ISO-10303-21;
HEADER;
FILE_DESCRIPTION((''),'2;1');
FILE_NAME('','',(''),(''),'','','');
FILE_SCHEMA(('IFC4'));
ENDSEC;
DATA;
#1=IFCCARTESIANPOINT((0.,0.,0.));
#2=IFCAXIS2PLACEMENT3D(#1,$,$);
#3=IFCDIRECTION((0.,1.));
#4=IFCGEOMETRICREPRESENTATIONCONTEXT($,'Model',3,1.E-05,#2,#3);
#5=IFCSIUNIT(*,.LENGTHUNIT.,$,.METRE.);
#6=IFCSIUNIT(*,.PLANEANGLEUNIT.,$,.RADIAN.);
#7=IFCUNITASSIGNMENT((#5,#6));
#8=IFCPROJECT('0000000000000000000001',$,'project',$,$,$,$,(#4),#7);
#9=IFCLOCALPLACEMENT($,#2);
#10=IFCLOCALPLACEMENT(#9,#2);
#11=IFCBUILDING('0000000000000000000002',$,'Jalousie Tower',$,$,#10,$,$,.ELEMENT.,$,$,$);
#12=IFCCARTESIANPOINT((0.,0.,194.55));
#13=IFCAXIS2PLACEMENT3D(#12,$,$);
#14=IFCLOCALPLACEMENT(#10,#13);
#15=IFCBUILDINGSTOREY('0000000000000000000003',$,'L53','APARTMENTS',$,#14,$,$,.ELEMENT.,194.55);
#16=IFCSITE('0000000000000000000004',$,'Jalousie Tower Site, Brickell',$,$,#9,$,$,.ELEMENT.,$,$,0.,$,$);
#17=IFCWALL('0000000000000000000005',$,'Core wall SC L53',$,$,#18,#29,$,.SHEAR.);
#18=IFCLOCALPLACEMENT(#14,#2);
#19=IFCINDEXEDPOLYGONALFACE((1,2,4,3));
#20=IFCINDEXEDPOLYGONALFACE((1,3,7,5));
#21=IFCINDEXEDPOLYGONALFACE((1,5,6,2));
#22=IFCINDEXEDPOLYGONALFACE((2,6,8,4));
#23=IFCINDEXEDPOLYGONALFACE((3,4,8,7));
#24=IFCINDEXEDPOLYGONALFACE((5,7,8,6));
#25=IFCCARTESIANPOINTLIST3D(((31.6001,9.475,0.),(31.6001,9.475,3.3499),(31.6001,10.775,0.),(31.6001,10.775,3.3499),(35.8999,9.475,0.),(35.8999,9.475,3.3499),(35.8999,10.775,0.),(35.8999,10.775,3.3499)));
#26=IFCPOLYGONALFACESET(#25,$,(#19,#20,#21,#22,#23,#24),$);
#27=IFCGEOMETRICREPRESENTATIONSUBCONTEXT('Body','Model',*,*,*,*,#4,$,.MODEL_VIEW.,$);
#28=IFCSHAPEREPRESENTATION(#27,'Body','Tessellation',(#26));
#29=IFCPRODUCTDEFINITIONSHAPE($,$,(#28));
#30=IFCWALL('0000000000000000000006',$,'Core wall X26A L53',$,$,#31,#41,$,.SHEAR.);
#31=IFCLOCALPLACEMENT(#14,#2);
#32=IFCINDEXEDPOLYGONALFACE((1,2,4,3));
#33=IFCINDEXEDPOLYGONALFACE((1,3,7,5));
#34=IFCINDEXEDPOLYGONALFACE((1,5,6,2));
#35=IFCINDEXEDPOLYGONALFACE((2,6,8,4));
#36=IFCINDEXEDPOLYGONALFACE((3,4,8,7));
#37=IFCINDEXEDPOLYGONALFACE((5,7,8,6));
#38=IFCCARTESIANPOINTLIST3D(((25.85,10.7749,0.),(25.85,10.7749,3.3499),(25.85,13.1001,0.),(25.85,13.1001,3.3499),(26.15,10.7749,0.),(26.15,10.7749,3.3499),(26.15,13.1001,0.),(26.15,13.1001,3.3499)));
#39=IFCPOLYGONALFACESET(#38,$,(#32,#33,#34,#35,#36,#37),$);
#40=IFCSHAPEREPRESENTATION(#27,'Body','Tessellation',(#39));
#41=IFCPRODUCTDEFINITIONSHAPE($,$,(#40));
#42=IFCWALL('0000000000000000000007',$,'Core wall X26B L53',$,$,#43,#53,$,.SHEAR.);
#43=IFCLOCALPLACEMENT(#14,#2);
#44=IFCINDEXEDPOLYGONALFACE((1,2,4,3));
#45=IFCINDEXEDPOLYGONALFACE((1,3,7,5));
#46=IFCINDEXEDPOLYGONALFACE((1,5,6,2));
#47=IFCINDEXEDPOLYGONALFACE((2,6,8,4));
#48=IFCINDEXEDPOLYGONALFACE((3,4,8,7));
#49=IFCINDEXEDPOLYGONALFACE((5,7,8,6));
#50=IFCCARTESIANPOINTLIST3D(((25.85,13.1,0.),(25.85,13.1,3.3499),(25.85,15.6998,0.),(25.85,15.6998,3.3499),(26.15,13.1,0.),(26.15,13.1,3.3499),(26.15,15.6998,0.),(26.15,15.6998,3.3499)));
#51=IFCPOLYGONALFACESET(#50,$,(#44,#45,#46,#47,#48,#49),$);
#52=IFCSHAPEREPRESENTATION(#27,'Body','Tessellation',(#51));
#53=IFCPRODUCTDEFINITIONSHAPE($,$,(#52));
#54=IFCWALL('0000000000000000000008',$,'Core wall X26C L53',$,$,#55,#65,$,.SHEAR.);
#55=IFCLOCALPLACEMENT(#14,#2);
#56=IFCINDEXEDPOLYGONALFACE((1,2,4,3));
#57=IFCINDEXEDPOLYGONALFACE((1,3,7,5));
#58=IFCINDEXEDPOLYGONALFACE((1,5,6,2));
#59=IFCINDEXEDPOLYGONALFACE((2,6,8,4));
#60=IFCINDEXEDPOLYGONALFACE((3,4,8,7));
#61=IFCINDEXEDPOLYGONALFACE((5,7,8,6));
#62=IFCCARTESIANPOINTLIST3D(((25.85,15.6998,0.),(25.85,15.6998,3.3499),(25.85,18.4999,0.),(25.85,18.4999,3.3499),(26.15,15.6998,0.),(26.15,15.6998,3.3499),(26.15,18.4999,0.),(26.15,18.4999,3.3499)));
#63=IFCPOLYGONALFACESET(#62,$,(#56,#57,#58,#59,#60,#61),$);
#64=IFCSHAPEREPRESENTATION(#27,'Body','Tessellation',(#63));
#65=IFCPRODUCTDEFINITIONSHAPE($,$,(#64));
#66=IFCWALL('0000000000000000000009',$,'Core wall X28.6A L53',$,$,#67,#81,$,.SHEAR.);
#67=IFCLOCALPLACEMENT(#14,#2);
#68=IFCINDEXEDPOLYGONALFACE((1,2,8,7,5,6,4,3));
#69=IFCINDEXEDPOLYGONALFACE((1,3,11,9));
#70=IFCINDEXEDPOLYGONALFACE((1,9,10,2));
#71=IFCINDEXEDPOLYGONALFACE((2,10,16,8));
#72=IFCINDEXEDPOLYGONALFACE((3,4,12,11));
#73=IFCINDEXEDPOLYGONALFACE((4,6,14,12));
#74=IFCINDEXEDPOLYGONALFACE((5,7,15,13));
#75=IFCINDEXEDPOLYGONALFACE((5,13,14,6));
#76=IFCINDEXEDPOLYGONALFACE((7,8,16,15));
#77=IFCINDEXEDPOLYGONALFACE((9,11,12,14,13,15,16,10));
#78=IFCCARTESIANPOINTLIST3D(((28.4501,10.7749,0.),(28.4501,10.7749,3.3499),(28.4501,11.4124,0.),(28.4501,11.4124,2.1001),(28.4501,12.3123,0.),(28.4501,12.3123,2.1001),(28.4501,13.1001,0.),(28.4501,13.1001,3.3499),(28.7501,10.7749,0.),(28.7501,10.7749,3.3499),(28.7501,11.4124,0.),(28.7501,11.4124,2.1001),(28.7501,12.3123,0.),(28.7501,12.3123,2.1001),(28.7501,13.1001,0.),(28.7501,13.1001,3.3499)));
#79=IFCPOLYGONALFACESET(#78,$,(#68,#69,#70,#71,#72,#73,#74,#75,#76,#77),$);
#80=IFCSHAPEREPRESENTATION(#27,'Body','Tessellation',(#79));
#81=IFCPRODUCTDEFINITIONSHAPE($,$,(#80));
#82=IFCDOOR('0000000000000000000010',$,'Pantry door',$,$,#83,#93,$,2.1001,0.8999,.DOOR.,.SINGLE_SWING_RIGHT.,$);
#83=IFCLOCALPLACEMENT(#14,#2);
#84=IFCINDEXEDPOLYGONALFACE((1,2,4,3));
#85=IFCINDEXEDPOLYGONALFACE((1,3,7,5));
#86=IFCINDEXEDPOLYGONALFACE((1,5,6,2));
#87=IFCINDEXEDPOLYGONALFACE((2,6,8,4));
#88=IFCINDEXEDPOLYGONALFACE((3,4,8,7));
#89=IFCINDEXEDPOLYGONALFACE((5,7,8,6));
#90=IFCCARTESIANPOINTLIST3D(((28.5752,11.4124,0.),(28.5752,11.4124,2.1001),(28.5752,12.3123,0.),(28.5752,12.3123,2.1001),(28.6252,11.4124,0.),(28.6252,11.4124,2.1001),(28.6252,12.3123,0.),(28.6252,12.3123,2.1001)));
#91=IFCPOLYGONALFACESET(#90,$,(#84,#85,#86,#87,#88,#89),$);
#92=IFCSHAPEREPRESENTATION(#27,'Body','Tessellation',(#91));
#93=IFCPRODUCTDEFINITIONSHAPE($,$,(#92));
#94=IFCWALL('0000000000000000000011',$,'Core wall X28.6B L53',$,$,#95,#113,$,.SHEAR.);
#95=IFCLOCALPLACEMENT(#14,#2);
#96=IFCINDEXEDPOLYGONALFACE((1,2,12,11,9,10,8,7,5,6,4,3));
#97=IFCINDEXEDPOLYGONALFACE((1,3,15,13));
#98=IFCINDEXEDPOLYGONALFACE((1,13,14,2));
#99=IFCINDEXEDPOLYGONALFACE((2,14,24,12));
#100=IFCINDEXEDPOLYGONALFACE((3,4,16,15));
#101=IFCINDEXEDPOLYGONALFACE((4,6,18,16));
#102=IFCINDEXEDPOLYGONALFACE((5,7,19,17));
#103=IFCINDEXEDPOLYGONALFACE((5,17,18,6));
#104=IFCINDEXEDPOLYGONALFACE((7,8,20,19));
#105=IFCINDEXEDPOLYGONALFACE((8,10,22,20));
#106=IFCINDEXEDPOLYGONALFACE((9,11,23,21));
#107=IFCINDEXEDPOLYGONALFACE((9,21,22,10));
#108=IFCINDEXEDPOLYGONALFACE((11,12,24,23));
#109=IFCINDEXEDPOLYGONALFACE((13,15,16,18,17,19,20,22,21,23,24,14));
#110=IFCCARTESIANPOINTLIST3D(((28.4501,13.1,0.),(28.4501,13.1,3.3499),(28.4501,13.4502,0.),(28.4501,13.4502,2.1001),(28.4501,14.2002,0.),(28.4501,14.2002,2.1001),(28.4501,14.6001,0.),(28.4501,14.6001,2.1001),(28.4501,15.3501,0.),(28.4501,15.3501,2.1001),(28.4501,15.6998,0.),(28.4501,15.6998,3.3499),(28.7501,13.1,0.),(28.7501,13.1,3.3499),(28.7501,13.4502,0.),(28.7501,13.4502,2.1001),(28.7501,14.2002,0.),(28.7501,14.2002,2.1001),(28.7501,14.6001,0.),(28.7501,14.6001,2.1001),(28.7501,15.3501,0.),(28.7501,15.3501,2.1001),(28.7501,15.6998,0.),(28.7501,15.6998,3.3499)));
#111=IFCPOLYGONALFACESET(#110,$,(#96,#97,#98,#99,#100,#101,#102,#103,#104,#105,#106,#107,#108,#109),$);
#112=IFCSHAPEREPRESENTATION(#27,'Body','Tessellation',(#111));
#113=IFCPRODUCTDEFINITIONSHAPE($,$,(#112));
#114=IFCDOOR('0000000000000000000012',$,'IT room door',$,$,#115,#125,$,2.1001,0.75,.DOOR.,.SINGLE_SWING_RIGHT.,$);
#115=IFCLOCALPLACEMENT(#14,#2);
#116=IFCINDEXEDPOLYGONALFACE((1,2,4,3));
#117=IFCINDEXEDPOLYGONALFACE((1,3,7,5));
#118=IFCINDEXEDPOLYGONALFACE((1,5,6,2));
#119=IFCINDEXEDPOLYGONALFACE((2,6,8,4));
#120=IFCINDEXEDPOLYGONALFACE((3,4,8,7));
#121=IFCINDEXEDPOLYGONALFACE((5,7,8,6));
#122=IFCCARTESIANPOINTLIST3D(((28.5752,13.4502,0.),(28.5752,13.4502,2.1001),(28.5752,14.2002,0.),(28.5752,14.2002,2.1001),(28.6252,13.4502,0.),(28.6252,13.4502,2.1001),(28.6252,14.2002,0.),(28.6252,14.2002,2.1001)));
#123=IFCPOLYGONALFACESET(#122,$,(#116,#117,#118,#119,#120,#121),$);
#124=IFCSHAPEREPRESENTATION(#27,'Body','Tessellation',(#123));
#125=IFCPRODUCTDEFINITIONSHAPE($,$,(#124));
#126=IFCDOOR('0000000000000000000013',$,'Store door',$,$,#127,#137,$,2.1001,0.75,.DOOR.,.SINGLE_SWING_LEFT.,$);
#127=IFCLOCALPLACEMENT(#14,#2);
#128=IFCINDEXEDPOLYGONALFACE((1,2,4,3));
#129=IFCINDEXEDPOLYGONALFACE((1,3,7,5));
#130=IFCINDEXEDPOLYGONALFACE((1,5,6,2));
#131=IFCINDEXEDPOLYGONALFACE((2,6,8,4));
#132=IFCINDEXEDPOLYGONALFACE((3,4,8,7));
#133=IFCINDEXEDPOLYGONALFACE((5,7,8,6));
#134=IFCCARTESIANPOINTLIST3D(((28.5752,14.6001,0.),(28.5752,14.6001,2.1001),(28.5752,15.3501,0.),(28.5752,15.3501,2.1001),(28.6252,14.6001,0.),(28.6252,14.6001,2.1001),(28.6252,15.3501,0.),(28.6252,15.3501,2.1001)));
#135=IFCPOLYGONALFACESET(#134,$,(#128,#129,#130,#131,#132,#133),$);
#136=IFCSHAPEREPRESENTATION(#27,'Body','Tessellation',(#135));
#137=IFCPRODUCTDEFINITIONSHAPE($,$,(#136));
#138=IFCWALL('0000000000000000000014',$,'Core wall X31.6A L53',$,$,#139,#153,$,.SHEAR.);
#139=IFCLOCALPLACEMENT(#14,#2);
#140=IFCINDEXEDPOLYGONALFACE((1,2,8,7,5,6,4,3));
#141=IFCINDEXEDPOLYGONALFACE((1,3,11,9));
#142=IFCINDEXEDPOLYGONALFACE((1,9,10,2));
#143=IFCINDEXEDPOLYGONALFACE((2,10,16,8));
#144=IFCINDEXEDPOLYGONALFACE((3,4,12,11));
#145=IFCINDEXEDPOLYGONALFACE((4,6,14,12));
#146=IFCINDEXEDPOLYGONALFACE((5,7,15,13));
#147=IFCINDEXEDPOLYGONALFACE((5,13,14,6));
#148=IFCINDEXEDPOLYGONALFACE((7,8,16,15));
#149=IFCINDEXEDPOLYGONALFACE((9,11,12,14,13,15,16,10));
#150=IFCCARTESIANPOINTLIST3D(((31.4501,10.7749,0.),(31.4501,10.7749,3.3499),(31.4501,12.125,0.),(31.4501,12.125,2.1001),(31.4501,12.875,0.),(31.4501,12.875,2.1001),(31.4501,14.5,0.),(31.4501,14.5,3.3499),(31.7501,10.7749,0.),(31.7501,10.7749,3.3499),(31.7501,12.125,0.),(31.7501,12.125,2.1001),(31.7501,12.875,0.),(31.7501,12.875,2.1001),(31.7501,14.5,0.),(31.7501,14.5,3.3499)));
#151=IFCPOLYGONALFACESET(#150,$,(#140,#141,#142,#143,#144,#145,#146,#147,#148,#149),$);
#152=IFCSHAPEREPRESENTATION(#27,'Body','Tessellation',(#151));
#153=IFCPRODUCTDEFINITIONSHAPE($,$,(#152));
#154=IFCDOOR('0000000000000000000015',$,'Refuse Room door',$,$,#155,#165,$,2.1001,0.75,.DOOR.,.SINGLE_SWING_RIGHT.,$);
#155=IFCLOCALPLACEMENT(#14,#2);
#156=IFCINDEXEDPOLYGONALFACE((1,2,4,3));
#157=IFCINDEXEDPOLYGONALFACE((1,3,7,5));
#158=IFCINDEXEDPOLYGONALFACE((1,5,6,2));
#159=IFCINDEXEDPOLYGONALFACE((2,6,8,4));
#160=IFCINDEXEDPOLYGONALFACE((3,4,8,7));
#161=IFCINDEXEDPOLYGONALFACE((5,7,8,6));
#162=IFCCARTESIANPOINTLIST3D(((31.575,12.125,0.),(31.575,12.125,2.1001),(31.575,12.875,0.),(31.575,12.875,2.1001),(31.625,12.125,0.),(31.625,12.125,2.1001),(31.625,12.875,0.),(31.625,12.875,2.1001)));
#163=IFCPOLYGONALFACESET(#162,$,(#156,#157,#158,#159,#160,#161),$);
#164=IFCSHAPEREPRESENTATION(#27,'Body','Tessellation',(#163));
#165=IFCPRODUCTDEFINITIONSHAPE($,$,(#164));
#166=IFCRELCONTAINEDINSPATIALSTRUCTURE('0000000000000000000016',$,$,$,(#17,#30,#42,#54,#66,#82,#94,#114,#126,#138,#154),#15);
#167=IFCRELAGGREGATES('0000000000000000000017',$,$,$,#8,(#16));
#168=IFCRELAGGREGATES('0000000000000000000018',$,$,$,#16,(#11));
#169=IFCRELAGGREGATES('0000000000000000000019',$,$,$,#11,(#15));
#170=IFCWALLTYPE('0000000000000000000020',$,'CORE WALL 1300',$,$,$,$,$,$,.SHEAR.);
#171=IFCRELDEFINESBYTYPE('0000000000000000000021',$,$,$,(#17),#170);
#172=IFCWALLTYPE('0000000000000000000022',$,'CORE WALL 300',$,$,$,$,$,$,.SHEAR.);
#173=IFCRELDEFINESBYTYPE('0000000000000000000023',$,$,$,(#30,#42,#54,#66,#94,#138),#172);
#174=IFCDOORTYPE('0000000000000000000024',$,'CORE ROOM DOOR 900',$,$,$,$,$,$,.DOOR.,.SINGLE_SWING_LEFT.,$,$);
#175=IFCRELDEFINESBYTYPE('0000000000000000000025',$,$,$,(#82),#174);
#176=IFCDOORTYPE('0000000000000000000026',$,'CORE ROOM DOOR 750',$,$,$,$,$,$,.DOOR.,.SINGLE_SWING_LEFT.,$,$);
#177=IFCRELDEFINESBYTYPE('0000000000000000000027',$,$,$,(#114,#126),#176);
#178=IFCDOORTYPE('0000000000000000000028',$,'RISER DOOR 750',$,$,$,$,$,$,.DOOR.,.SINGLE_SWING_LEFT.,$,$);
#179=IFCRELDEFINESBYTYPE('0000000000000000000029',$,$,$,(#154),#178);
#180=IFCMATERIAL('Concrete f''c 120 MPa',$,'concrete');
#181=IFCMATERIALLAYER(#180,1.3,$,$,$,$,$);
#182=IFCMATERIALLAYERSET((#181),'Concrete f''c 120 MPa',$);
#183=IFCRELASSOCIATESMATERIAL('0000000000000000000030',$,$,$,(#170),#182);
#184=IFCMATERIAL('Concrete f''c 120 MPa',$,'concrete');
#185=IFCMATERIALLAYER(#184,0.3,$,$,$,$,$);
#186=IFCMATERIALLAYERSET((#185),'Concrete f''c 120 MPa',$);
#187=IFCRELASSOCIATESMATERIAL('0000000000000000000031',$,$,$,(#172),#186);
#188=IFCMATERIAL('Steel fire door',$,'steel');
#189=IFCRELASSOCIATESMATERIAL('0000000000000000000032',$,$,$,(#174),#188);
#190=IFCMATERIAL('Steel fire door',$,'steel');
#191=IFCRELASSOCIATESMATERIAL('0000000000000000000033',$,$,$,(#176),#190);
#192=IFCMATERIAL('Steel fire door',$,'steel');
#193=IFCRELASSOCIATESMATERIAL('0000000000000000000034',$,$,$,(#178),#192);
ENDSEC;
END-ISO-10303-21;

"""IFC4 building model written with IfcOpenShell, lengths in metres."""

from ifc_helpers import new_model, si_unit, direction, frame, frame_2d, origin, place, context, subcontext, project, spatial, rectangle, extrude, material, layer, layer_set, type_object, element, fill, save


model = new_model("IFC4")

# Units and contexts
model_context = context("Model", 3, precision=1e-05, world=origin(), true_north=direction((0.0, 1.0)))
body_context = subcontext(model_context, "Body", "Model", "MODEL_VIEW")
ifc_project = project(units=[si_unit("LENGTHUNIT", "METRE"), si_unit("PLANEANGLEUNIT", "RADIAN")], contexts=[model_context])

# Site, building, storey
site_placement = place(None, origin())
site = spatial("IfcSite", under=ifc_project, at=site_placement, Name="Jalousie Tower Site, Brickell", CompositionType="ELEMENT", RefElevation=0.0)
building_placement = place(site_placement, origin())
building = spatial("IfcBuilding", under=site, at=building_placement, Name="Jalousie Tower", CompositionType="ELEMENT")
storey_placement = place(building_placement, frame((0.0, 0.0, 194.55)))
storey = spatial("IfcBuildingStorey", under=building, at=storey_placement, Name="L53", Description="APARTMENTS", CompositionType="ELEMENT", Elevation=194.55)

# Walls
ifc_material_1 = material(Name="Concrete f'c 120 MPa", Category="concrete")
ifc_layer_1 = layer(ifc_material_1, 1.3)
ifc_layer_set_1 = layer_set([ifc_layer_1], Name="Concrete f'c 120 MPa")
wall_type_1 = type_object("IfcWallType", Name="CORE WALL 1300", PredefinedType="SHEAR", material=ifc_layer_set_1)
wall_1_placement = place(storey_placement, frame((31.6001, 10.125, 0.0), z_axis=(0.0, 0.0, 1.0), x_axis=(1.0, 0.0, 0.0)))
element("IfcWall", 1, at=wall_1_placement, inside=storey, type_object=wall_type_1, Name="Core wall SC L53", PredefinedType="SHEAR", context=body_context, shape_type="SweptSolid", body=[
    extrude(rectangle(XDim=4.2998, YDim=1.3, at=frame_2d((2.1499, 0.0))), origin(), (0.0, 0.0, 1.0), 3.3499),
])
ifc_material_2 = material(Name="Concrete f'c 120 MPa", Category="concrete")
ifc_layer_2 = layer(ifc_material_2, 0.3)
ifc_layer_set_2 = layer_set([ifc_layer_2], Name="Concrete f'c 120 MPa")
wall_type_2 = type_object("IfcWallType", Name="CORE WALL 300", PredefinedType="SHEAR", material=ifc_layer_set_2)
wall_2_placement = place(storey_placement, frame((26.0, 10.7749, 0.0), z_axis=(0.0, 0.0, 1.0), x_axis=(0.0, 1.0, 0.0)))
element("IfcWall", 2, at=wall_2_placement, inside=storey, type_object=wall_type_2, Name="Core wall X26A L53", PredefinedType="SHEAR", context=body_context, shape_type="SweptSolid", body=[
    extrude(rectangle(XDim=2.3252, YDim=0.3, at=frame_2d((1.1626, 0.0))), origin(), (0.0, 0.0, 1.0), 3.3499),
])
wall_3_placement = place(storey_placement, frame((26.0, 13.1001, 0.0), z_axis=(0.0, 0.0, 1.0), x_axis=(0.0, 1.0, 0.0)))
element("IfcWall", 3, at=wall_3_placement, inside=storey, type_object=wall_type_2, Name="Core wall X26B L53", PredefinedType="SHEAR", context=body_context, shape_type="SweptSolid", body=[
    extrude(rectangle(XDim=2.5999, YDim=0.3, at=frame_2d((1.2998, 0.0))), origin(), (0.0, 0.0, 1.0), 3.3499),
])
wall_4_placement = place(storey_placement, frame((26.0, 15.7, 0.0), z_axis=(0.0, 0.0, 1.0), x_axis=(0.0, 1.0, 0.0)))
element("IfcWall", 4, at=wall_4_placement, inside=storey, type_object=wall_type_2, Name="Core wall X26C L53", PredefinedType="SHEAR", context=body_context, shape_type="SweptSolid", body=[
    extrude(rectangle(XDim=2.8, YDim=0.3, at=frame_2d((1.3999, 0.0))), origin(), (0.0, 0.0, 1.0), 3.3499),
])

# Wall, opening, door
wall_5_placement = place(storey_placement, frame((28.6001, 10.7749, 0.0), z_axis=(0.0, 0.0, 1.0), x_axis=(0.0, 1.0, 0.0)))
wall_5 = element("IfcWall", 5, at=wall_5_placement, inside=storey, type_object=wall_type_2, Name="Core wall X28.6A L53", PredefinedType="SHEAR", context=body_context, shape_type="SweptSolid", body=[
    extrude(rectangle(XDim=2.3252, YDim=0.3, at=frame_2d((1.1626, 0.0))), origin(), (0.0, 0.0, 1.0), 3.3499),
])
opening_1_placement = place(wall_5_placement, frame((0.6375, 0.0, 0.0)))
opening_1 = element("IfcOpeningElement", 6, at=opening_1_placement, cuts=wall_5, PredefinedType="OPENING", context=body_context, shape_type="SweptSolid", body=[
    extrude(rectangle(XDim=0.8999, YDim=2.1001, at=frame_2d((0.45, 1.05))), frame((0.0, 0.1599, 0.0), z_axis=(0.0, -1.0, 0.0), x_axis=(1.0, 0.0, 0.0)), (0.0, 0.0, 1.0), 0.3201),
])
ifc_material_3 = material(Name="Steel fire door", Category="steel")
door_type_1 = type_object("IfcDoorType", Name="CORE ROOM DOOR 900", OperationType="SINGLE_SWING_LEFT", PredefinedType="DOOR", material=ifc_material_3)
door_1_placement = place(opening_1_placement, origin())
door_1 = element("IfcDoor", 7, at=door_1_placement, inside=storey, type_object=door_type_1, Name="Pantry door", OperationType="SINGLE_SWING_RIGHT", OverallHeight=2.1001, OverallWidth=0.8999, PredefinedType="DOOR", context=body_context, shape_type="SweptSolid", body=[
    extrude(rectangle(XDim=0.8999, YDim=2.1001, at=frame_2d((0.45, 1.05))), frame((0.0, 0.0249, 0.0), z_axis=(0.0, -1.0, 0.0), x_axis=(1.0, 0.0, 0.0)), (0.0, 0.0, 1.0), 0.05),
])
fill(opening_1, door_1)

# Wall, openings, doors
wall_6_placement = place(storey_placement, frame((28.6001, 13.1001, 0.0), z_axis=(0.0, 0.0, 1.0), x_axis=(0.0, 1.0, 0.0)))
wall_6 = element("IfcWall", 8, at=wall_6_placement, inside=storey, type_object=wall_type_2, Name="Core wall X28.6B L53", PredefinedType="SHEAR", context=body_context, shape_type="SweptSolid", body=[
    extrude(rectangle(XDim=2.5999, YDim=0.3, at=frame_2d((1.2998, 0.0))), origin(), (0.0, 0.0, 1.0), 3.3499),
])
opening_2_placement = place(wall_6_placement, frame((0.3501, 0.0, 0.0)))
opening_2 = element("IfcOpeningElement", 9, at=opening_2_placement, cuts=wall_6, PredefinedType="OPENING", context=body_context, shape_type="SweptSolid", body=[
    extrude(rectangle(XDim=0.75, YDim=2.1001, at=frame_2d((0.375, 1.05))), frame((0.0, 0.1599, 0.0), z_axis=(0.0, -1.0, 0.0), x_axis=(1.0, 0.0, 0.0)), (0.0, 0.0, 1.0), 0.3201),
])
opening_3_placement = place(wall_6_placement, frame((1.5, 0.0, 0.0)))
opening_3 = element("IfcOpeningElement", 10, at=opening_3_placement, cuts=wall_6, PredefinedType="OPENING", context=body_context, shape_type="SweptSolid", body=[
    extrude(rectangle(XDim=0.75, YDim=2.1001, at=frame_2d((0.375, 1.05))), frame((0.0, 0.1599, 0.0), z_axis=(0.0, -1.0, 0.0), x_axis=(1.0, 0.0, 0.0)), (0.0, 0.0, 1.0), 0.3201),
])
ifc_material_4 = material(Name="Steel fire door", Category="steel")
door_type_2 = type_object("IfcDoorType", Name="CORE ROOM DOOR 750", OperationType="SINGLE_SWING_LEFT", PredefinedType="DOOR", material=ifc_material_4)
door_2_placement = place(opening_2_placement, origin())
door_2 = element("IfcDoor", 11, at=door_2_placement, inside=storey, type_object=door_type_2, Name="IT room door", OperationType="SINGLE_SWING_RIGHT", OverallHeight=2.1001, OverallWidth=0.75, PredefinedType="DOOR", context=body_context, shape_type="SweptSolid", body=[
    extrude(rectangle(XDim=0.75, YDim=2.1001, at=frame_2d((0.375, 1.05))), frame((0.0, 0.0249, 0.0), z_axis=(0.0, -1.0, 0.0), x_axis=(1.0, 0.0, 0.0)), (0.0, 0.0, 1.0), 0.05),
])
fill(opening_2, door_2)
door_3_placement = place(opening_3_placement, origin())
door_3 = element("IfcDoor", 12, at=door_3_placement, inside=storey, type_object=door_type_2, Name="Store door", OperationType="SINGLE_SWING_LEFT", OverallHeight=2.1001, OverallWidth=0.75, PredefinedType="DOOR", context=body_context, shape_type="SweptSolid", body=[
    extrude(rectangle(XDim=0.75, YDim=2.1001, at=frame_2d((0.375, 1.05))), frame((0.0, 0.0249, 0.0), z_axis=(0.0, -1.0, 0.0), x_axis=(1.0, 0.0, 0.0)), (0.0, 0.0, 1.0), 0.05),
])
fill(opening_3, door_3)

# Wall, opening, door
wall_7_placement = place(storey_placement, frame((31.6001, 10.7749, 0.0), z_axis=(0.0, 0.0, 1.0), x_axis=(0.0, 1.0, 0.0)))
wall_7 = element("IfcWall", 13, at=wall_7_placement, inside=storey, type_object=wall_type_2, Name="Core wall X31.6A L53", PredefinedType="SHEAR", context=body_context, shape_type="SweptSolid", body=[
    extrude(rectangle(XDim=3.7251, YDim=0.3, at=frame_2d((1.8625, 0.0))), origin(), (0.0, 0.0, 1.0), 3.3499),
])
opening_4_placement = place(wall_7_placement, frame((1.3501, 0.0, 0.0)))
opening_4 = element("IfcOpeningElement", 14, at=opening_4_placement, cuts=wall_7, PredefinedType="OPENING", context=body_context, shape_type="SweptSolid", body=[
    extrude(rectangle(XDim=0.75, YDim=2.1001, at=frame_2d((0.375, 1.05))), frame((0.0, 0.1599, 0.0), z_axis=(0.0, -1.0, 0.0), x_axis=(1.0, 0.0, 0.0)), (0.0, 0.0, 1.0), 0.3201),
])
ifc_material_5 = material(Name="Steel fire door", Category="steel")
door_type_3 = type_object("IfcDoorType", Name="RISER DOOR 750", OperationType="SINGLE_SWING_LEFT", PredefinedType="DOOR", material=ifc_material_5)
door_4_placement = place(opening_4_placement, frame((0.75, 0.0, 0.0), z_axis=(0.0, 0.0, 1.0), x_axis=(-1.0, 0.0, 0.0)))
door_4 = element("IfcDoor", 15, at=door_4_placement, inside=storey, type_object=door_type_3, Name="Refuse Room door", OperationType="SINGLE_SWING_RIGHT", OverallHeight=2.1001, OverallWidth=0.75, PredefinedType="DOOR", context=body_context, shape_type="SweptSolid", body=[
    extrude(rectangle(XDim=0.75, YDim=2.1001, at=frame_2d((0.375, 1.05))), frame((0.0, 0.0249, 0.0), z_axis=(0.0, -1.0, 0.0), x_axis=(1.0, 0.0, 0.0)), (0.0, 0.0, 1.0), 0.05),
])
fill(opening_4, door_4)

save(model, "model.ifc")
